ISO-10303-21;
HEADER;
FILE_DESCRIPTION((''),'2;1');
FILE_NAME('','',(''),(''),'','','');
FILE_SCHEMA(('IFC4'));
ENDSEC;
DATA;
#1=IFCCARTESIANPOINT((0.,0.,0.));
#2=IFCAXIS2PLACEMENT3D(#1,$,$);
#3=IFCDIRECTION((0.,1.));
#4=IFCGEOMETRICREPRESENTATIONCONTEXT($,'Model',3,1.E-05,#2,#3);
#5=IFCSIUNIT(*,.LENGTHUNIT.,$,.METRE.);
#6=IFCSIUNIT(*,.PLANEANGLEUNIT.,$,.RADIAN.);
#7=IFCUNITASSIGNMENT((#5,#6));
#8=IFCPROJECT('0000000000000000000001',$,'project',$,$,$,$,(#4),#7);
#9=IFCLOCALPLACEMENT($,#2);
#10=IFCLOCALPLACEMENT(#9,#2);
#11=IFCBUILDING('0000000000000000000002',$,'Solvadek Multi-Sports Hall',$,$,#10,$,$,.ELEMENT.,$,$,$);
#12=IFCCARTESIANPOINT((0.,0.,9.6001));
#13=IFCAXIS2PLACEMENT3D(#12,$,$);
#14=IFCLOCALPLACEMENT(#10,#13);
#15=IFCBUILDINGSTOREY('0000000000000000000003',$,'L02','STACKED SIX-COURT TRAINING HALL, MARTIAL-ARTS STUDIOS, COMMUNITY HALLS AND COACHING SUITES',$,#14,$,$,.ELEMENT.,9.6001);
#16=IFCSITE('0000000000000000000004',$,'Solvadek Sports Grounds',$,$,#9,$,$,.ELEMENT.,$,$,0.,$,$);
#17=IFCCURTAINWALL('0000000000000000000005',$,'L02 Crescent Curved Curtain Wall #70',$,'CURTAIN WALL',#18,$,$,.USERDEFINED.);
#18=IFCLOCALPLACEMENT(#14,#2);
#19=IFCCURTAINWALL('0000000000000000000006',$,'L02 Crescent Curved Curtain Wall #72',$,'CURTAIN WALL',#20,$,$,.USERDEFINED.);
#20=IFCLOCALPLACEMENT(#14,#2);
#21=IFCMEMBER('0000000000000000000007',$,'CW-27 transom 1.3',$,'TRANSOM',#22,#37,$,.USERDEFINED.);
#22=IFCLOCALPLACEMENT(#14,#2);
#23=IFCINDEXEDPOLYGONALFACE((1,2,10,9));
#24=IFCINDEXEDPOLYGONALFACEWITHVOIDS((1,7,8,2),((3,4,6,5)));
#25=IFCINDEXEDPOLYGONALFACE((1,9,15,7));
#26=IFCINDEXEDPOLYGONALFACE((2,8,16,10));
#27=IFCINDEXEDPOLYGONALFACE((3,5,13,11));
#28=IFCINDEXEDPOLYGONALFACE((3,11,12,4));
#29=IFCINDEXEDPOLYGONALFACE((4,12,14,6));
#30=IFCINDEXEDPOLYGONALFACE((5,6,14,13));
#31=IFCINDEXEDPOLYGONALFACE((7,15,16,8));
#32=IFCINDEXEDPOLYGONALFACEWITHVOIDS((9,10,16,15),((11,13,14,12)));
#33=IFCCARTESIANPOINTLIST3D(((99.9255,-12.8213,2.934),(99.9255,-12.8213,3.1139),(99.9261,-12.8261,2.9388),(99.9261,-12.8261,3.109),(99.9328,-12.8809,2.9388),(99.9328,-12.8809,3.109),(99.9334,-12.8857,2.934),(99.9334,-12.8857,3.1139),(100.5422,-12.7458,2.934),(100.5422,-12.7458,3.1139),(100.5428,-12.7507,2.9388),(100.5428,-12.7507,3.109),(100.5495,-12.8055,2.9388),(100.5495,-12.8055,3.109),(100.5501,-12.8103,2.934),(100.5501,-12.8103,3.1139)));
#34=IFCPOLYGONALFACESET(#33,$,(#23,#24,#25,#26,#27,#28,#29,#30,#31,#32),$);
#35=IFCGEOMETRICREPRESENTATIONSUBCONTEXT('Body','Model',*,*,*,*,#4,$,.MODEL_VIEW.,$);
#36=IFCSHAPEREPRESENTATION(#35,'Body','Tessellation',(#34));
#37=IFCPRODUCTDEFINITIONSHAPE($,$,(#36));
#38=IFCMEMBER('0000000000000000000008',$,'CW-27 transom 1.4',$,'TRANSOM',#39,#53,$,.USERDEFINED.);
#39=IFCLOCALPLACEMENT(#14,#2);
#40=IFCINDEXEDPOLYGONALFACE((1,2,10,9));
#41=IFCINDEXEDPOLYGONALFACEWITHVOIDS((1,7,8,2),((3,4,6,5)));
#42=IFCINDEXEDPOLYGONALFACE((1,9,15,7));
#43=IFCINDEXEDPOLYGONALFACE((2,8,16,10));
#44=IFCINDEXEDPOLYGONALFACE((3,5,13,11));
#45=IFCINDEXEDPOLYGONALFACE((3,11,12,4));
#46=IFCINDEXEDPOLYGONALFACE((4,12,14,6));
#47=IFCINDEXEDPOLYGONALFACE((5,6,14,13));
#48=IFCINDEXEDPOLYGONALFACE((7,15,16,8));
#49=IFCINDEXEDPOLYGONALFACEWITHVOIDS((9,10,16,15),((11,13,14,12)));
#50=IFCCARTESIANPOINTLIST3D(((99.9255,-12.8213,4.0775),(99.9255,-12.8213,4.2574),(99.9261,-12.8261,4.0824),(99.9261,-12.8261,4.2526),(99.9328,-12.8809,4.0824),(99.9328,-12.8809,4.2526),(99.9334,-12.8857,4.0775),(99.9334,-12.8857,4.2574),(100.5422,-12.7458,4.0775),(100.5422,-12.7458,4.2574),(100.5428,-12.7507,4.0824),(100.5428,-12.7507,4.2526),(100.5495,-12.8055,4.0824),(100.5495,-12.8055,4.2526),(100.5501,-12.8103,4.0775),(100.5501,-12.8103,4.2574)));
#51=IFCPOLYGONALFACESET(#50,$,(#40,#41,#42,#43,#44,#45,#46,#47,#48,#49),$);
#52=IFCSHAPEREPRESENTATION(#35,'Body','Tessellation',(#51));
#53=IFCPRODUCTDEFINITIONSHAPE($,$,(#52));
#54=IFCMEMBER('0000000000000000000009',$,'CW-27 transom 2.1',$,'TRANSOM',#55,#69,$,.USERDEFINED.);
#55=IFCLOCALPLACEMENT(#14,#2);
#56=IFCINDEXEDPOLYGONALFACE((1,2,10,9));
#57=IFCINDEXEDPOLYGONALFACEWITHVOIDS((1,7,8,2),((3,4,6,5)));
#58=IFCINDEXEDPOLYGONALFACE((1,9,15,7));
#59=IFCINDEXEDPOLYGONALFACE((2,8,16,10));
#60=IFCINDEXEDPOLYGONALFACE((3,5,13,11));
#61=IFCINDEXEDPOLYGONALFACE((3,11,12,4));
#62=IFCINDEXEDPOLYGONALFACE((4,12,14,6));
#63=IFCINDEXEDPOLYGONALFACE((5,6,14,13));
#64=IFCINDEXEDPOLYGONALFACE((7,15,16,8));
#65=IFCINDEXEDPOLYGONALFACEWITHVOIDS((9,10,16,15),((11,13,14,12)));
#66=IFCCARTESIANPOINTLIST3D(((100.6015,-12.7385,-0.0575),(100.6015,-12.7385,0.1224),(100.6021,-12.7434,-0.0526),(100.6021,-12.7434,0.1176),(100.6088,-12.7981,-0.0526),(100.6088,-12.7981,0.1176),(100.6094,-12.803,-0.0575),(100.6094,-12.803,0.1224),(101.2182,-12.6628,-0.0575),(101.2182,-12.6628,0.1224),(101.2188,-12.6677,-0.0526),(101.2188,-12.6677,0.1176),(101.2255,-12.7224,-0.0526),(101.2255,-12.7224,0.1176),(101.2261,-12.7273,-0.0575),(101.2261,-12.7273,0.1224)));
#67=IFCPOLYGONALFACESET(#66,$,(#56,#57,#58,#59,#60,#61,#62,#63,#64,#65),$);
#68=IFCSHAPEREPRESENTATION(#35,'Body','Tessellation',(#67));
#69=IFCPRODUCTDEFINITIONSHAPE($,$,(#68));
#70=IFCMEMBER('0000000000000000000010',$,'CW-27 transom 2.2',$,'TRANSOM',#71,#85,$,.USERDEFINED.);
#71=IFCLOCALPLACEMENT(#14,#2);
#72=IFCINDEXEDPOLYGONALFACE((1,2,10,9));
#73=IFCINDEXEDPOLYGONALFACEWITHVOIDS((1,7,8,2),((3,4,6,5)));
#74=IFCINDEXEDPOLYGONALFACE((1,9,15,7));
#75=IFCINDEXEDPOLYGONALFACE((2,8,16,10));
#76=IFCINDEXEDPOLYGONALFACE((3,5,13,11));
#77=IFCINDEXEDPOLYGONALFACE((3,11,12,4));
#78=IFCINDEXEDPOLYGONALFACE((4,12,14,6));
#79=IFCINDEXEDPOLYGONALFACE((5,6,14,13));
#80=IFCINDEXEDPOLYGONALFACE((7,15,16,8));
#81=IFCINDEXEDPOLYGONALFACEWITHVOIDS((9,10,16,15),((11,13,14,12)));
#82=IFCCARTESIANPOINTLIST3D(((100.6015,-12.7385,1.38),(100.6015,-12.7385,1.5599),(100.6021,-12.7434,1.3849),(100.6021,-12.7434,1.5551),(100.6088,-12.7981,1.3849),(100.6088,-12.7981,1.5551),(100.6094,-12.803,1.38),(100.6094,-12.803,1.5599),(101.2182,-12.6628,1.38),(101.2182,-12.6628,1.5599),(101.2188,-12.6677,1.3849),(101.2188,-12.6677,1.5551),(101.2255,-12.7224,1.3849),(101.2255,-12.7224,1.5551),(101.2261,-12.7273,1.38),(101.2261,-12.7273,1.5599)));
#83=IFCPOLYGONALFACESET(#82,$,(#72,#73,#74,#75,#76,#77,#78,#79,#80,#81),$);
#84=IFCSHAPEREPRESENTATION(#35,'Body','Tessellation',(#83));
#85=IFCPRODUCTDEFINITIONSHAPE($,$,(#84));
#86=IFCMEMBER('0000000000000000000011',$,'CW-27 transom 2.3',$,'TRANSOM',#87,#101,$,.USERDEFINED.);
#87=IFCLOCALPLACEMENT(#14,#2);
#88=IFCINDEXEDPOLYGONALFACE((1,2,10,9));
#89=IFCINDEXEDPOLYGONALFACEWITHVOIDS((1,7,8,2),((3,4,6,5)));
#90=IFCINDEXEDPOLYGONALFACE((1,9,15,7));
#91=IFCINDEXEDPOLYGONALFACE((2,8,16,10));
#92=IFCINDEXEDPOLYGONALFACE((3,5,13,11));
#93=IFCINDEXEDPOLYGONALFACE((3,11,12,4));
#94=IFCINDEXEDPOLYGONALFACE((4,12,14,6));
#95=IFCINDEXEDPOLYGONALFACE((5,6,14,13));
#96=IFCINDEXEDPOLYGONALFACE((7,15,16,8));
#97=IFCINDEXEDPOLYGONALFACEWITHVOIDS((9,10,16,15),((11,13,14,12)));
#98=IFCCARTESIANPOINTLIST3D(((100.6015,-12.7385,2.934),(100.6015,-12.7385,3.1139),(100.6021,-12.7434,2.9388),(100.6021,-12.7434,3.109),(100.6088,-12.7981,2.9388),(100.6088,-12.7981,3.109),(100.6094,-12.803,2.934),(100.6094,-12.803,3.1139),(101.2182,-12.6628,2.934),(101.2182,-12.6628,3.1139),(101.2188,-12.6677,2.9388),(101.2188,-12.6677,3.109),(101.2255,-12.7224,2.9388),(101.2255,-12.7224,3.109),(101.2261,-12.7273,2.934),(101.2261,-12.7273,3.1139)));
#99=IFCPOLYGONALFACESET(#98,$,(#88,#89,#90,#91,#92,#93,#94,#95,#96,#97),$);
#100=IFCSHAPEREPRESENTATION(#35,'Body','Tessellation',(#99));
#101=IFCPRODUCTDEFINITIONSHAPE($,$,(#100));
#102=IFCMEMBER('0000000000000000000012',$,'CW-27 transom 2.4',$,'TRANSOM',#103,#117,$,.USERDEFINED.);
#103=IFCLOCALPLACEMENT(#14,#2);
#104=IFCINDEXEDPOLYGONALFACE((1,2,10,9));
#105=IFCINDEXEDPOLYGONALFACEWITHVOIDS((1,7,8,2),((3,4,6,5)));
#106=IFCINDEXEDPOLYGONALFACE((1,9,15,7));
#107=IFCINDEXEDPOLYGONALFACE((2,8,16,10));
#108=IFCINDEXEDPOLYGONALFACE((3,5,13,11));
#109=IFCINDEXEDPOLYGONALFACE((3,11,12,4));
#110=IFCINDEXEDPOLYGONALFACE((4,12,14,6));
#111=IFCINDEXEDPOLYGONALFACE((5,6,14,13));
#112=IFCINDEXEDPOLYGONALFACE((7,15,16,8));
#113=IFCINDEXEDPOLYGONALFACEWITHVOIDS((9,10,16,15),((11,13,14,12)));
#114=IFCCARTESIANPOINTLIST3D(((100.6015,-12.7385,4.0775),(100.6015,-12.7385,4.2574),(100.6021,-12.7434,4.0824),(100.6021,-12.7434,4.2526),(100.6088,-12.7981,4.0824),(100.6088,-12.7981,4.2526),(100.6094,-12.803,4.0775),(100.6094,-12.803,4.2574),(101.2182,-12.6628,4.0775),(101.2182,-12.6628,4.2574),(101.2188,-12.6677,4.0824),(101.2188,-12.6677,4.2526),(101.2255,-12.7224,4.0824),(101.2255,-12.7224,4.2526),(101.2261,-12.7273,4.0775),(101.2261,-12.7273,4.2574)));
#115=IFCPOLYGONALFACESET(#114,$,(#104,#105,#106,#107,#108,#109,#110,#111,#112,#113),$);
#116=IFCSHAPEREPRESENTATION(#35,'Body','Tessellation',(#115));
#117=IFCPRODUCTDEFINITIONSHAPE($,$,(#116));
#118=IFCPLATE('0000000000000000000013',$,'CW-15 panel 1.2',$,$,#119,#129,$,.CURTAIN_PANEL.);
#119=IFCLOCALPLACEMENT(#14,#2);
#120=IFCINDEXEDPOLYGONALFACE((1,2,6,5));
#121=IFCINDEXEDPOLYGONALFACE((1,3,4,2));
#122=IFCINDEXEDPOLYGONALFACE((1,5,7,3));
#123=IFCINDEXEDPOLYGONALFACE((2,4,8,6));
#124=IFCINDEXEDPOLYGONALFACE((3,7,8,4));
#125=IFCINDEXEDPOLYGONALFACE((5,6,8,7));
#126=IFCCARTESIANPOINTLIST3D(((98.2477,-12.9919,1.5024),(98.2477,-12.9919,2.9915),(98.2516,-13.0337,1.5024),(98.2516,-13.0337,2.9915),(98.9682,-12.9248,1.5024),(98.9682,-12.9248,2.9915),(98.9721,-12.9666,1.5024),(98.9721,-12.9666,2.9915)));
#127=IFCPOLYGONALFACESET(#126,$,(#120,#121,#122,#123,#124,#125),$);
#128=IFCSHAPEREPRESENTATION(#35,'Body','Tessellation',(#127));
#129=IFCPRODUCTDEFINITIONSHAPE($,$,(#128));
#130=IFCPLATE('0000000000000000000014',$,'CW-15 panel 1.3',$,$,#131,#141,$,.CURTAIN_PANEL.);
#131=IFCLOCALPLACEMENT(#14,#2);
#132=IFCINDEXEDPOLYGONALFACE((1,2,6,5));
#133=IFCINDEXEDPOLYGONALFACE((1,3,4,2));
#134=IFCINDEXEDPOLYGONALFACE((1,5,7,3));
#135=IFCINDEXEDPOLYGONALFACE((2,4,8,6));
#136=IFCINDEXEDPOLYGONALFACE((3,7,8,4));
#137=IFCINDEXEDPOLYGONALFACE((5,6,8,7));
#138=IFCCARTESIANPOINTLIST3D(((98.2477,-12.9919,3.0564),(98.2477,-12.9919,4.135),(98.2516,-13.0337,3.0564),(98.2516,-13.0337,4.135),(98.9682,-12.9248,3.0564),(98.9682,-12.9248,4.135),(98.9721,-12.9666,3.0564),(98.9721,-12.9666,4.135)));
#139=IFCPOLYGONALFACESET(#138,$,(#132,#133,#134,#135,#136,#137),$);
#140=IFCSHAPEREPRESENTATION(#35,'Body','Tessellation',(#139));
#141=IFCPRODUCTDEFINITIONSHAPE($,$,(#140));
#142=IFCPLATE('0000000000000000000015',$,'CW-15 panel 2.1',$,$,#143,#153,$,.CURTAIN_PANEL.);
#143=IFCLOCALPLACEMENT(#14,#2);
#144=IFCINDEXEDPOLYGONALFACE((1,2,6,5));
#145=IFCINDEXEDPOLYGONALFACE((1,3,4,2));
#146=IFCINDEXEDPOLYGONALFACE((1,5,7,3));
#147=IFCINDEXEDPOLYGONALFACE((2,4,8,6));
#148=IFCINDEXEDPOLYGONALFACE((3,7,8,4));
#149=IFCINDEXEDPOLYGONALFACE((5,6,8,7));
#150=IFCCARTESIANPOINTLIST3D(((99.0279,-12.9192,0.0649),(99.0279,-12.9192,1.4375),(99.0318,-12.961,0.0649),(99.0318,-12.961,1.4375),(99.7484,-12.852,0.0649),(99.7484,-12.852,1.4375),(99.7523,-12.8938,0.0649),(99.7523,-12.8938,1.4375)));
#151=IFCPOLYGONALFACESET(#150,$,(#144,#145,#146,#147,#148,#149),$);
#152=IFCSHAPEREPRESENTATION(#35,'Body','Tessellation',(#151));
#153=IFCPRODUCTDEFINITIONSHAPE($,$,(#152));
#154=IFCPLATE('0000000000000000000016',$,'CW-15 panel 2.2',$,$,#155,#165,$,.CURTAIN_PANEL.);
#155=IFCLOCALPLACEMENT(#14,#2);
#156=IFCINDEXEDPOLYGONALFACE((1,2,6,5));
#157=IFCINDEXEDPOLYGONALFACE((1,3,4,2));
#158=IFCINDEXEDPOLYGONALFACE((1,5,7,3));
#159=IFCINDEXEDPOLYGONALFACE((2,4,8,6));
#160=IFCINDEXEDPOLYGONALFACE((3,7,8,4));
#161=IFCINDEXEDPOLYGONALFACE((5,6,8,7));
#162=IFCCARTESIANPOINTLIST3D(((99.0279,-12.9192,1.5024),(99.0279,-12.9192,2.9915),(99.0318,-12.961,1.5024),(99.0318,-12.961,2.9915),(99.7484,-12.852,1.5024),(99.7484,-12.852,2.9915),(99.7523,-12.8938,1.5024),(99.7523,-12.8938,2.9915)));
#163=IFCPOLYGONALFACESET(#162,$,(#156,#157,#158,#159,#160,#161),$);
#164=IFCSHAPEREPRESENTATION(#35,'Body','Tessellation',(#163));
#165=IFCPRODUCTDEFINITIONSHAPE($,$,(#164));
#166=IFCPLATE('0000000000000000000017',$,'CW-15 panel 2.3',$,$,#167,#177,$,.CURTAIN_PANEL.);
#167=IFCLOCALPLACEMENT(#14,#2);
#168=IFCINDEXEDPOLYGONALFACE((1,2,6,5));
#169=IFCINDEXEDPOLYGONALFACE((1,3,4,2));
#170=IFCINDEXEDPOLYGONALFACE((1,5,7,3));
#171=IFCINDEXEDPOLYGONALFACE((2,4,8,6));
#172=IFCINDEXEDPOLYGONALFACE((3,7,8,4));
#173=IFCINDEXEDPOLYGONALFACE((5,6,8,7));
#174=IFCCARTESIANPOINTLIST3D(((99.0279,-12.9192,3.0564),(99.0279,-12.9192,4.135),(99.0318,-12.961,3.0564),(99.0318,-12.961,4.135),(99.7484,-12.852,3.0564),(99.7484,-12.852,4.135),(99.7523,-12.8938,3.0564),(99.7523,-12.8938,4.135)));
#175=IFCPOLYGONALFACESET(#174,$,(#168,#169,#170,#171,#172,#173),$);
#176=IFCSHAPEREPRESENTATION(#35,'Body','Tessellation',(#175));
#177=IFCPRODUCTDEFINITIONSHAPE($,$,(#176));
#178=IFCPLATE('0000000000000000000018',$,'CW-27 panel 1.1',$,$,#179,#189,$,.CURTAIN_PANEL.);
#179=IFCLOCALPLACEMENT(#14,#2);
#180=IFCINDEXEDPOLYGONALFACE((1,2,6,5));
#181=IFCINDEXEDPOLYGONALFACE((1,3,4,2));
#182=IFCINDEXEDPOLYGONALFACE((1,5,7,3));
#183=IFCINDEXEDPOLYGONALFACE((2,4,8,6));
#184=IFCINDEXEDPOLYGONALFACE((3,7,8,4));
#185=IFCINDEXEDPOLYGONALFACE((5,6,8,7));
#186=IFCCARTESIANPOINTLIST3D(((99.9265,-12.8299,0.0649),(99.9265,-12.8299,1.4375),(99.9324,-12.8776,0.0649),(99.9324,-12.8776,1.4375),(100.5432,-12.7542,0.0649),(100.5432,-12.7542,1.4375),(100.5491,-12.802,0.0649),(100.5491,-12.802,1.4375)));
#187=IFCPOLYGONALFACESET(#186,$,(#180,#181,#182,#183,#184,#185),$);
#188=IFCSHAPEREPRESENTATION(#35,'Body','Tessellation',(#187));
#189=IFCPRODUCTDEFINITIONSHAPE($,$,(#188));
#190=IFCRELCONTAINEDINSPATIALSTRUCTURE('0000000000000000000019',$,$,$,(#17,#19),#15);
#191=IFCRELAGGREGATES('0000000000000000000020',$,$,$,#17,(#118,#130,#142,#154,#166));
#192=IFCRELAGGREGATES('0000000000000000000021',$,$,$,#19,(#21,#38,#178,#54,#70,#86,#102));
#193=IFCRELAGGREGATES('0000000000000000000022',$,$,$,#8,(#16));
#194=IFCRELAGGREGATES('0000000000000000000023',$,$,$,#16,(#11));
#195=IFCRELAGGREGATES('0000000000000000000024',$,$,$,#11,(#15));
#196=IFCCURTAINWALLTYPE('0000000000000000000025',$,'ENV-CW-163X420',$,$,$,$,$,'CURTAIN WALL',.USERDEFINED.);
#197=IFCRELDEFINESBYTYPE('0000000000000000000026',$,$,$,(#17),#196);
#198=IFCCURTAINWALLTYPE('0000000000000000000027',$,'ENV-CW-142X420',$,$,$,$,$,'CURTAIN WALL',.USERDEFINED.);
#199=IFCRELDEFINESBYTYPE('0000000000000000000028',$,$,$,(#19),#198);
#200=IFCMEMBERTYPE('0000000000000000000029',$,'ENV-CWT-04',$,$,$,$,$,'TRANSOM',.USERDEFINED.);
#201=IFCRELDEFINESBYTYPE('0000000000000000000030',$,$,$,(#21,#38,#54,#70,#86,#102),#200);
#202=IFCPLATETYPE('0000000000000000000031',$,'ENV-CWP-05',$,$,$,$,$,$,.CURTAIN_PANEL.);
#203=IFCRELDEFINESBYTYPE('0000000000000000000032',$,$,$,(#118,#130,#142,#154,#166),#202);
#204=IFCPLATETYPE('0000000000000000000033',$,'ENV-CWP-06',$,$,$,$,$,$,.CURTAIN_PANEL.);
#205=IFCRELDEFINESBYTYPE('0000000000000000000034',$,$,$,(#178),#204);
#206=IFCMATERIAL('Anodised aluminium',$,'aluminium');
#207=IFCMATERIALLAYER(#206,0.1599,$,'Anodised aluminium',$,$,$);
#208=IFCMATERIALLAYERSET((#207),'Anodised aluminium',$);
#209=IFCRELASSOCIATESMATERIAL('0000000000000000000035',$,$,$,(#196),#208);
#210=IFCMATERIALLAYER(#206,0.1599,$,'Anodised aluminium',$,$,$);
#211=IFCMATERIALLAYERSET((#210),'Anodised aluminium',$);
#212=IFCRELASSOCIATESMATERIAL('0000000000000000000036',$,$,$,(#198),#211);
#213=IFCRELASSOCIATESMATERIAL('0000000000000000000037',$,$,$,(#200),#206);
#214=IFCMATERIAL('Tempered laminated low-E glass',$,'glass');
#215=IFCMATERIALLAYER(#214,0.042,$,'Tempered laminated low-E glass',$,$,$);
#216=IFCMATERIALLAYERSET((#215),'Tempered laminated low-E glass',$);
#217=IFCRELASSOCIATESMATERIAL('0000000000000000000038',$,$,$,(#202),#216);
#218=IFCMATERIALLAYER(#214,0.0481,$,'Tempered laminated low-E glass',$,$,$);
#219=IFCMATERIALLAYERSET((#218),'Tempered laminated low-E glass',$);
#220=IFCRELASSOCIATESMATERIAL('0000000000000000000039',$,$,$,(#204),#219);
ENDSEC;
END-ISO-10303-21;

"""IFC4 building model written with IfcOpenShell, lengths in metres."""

from ifc_helpers import new_model, si_unit, direction, frame, origin, origin_2d, place, context, subcontext, project, spatial, rectangle, hollow_rectangle, extrude, material, layer, layer_set, material_profile, profile_set, type_object, element, aggregate, save


model = new_model("IFC4")

# Units and contexts
model_context = context("Model", 3, precision=1e-05, world=origin(), true_north=direction((0.0, 1.0)))
body_context = subcontext(model_context, "Body", "Model", "MODEL_VIEW")
ifc_project = project(units=[si_unit("LENGTHUNIT", "METRE"), si_unit("PLANEANGLEUNIT", "RADIAN")], contexts=[model_context])

# Site, building, storey
site_placement = place(None, origin())
site = spatial("IfcSite", under=ifc_project, at=site_placement, Name="Solvadek Sports Grounds", CompositionType="ELEMENT", RefElevation=0.0)
building_placement = place(site_placement, origin())
building = spatial("IfcBuilding", under=site, at=building_placement, Name="Solvadek Multi-Sports Hall", CompositionType="ELEMENT")
storey_placement = place(building_placement, frame((0.0, 0.0, 9.6001)))
storey = spatial("IfcBuildingStorey", under=building, at=storey_placement, Name="L02", Description="STACKED SIX-COURT TRAINING HALL, MARTIAL-ARTS STUDIOS, COMMUNITY HALLS AND COACHING SUITES", CompositionType="ELEMENT", Elevation=9.6001)

# Curtain walls
ifc_material_1 = material(Name="Anodised aluminium", Category="aluminium")
ifc_layer_1 = layer(ifc_material_1, 0.1599, Name="Anodised aluminium")
ifc_layer_set_1 = layer_set([ifc_layer_1], Name="Anodised aluminium")
curtain_wall_type_1 = type_object("IfcCurtainWallType", Name="ENV-CW-163X420", ElementType="CURTAIN WALL", PredefinedType="USERDEFINED", material=ifc_layer_set_1)
curtain_wall_1_placement = place(storey_placement, origin())
curtain_wall_1 = element("IfcCurtainWall", 1, at=curtain_wall_1_placement, inside=storey, type_object=curtain_wall_type_1, Name="L02 Crescent Curved Curtain Wall #70", ObjectType="CURTAIN WALL", PredefinedType="USERDEFINED")
ifc_layer_2 = layer(ifc_material_1, 0.1599, Name="Anodised aluminium")
ifc_layer_set_2 = layer_set([ifc_layer_2], Name="Anodised aluminium")
curtain_wall_type_2 = type_object("IfcCurtainWallType", Name="ENV-CW-142X420", ElementType="CURTAIN WALL", PredefinedType="USERDEFINED", material=ifc_layer_set_2)
curtain_wall_2_placement = place(storey_placement, origin())
curtain_wall_2 = element("IfcCurtainWall", 2, at=curtain_wall_2_placement, inside=storey, type_object=curtain_wall_type_2, Name="L02 Crescent Curved Curtain Wall #72", ObjectType="CURTAIN WALL", PredefinedType="USERDEFINED")

# Members
ifc_material_profile_1 = material_profile(ifc_material_1, hollow_rectangle(XDim=0.0649, YDim=0.1799, WallThickness=0.0049, at=origin_2d()), Name="ALU-T 180x65x5")
ifc_profile_set_1 = profile_set([ifc_material_profile_1], Name="Anodised aluminium")
member_type_1 = type_object("IfcMemberType", Name="ENV-CWT-04", ElementType="TRANSOM", PredefinedType="USERDEFINED", material=ifc_profile_set_1)
member_1_placement = place(storey_placement, frame((99.9294, -12.8535, 3.0239), z_axis=(0.992601, 0.121423, 0.0), x_axis=(-0.121423, 0.992601, 0.0)))
member_1 = element("IfcMember", 3, at=member_1_placement, type_object=member_type_1, Name="CW-27 transom 1.3", ObjectType="TRANSOM", PredefinedType="USERDEFINED", context=body_context, shape_type="SweptSolid", body=[
    extrude(hollow_rectangle(XDim=0.0649, YDim=0.1799, WallThickness=0.0049, at=origin_2d()), origin(), (0.0, 0.0, 1.0), 0.6213),
])
member_2_placement = place(storey_placement, frame((99.9294, -12.8535, 4.1675), z_axis=(0.992601, 0.121423, 0.0), x_axis=(-0.121423, 0.992601, 0.0)))
member_2 = element("IfcMember", 4, at=member_2_placement, type_object=member_type_1, Name="CW-27 transom 1.4", ObjectType="TRANSOM", PredefinedType="USERDEFINED", context=body_context, shape_type="SweptSolid", body=[
    extrude(hollow_rectangle(XDim=0.0649, YDim=0.1799, WallThickness=0.0049, at=origin_2d()), origin(), (0.0, 0.0, 1.0), 0.6213),
])
member_3_placement = place(storey_placement, frame((100.6055, -12.7708, 0.0325), z_axis=(0.992553, 0.12181, 0.0), x_axis=(-0.12181, 0.992553, 0.0)))
member_3 = element("IfcMember", 5, at=member_3_placement, type_object=member_type_1, Name="CW-27 transom 2.1", ObjectType="TRANSOM", PredefinedType="USERDEFINED", context=body_context, shape_type="SweptSolid", body=[
    extrude(hollow_rectangle(XDim=0.0649, YDim=0.1799, WallThickness=0.0049, at=origin_2d()), origin(), (0.0, 0.0, 1.0), 0.6213),
])
member_4_placement = place(storey_placement, frame((100.6055, -12.7708, 1.47), z_axis=(0.992553, 0.12181, 0.0), x_axis=(-0.12181, 0.992553, 0.0)))
member_4 = element("IfcMember", 6, at=member_4_placement, type_object=member_type_1, Name="CW-27 transom 2.2", ObjectType="TRANSOM", PredefinedType="USERDEFINED", context=body_context, shape_type="SweptSolid", body=[
    extrude(hollow_rectangle(XDim=0.0649, YDim=0.1799, WallThickness=0.0049, at=origin_2d()), origin(), (0.0, 0.0, 1.0), 0.6213),
])
member_5_placement = place(storey_placement, frame((100.6055, -12.7708, 3.0239), z_axis=(0.992553, 0.12181, 0.0), x_axis=(-0.12181, 0.992553, 0.0)))
member_5 = element("IfcMember", 7, at=member_5_placement, type_object=member_type_1, Name="CW-27 transom 2.3", ObjectType="TRANSOM", PredefinedType="USERDEFINED", context=body_context, shape_type="SweptSolid", body=[
    extrude(hollow_rectangle(XDim=0.0649, YDim=0.1799, WallThickness=0.0049, at=origin_2d()), origin(), (0.0, 0.0, 1.0), 0.6213),
])
member_6_placement = place(storey_placement, frame((100.6055, -12.7708, 4.1675), z_axis=(0.992553, 0.12181, 0.0), x_axis=(-0.12181, 0.992553, 0.0)))
member_6 = element("IfcMember", 8, at=member_6_placement, type_object=member_type_1, Name="CW-27 transom 2.4", ObjectType="TRANSOM", PredefinedType="USERDEFINED", context=body_context, shape_type="SweptSolid", body=[
    extrude(hollow_rectangle(XDim=0.0649, YDim=0.1799, WallThickness=0.0049, at=origin_2d()), origin(), (0.0, 0.0, 1.0), 0.6213),
])

# Plates
ifc_material_2 = material(Name="Tempered laminated low-E glass", Category="glass")
ifc_layer_3 = layer(ifc_material_2, 0.042, Name="Tempered laminated low-E glass")
ifc_layer_set_3 = layer_set([ifc_layer_3], Name="Tempered laminated low-E glass")
plate_type_1 = type_object("IfcPlateType", Name="ENV-CWP-05", PredefinedType="CURTAIN_PANEL", material=ifc_layer_set_3)
plate_1_placement = place(storey_placement, frame((98.6099, -12.9792, 1.5024), z_axis=(0.0, 0.0, 1.0), x_axis=(0.995685, 0.092796, 0.0)))
plate_1 = element("IfcPlate", 9, at=plate_1_placement, type_object=plate_type_1, Name="CW-15 panel 1.2", PredefinedType="CURTAIN_PANEL", context=body_context, shape_type="SweptSolid", body=[
    extrude(rectangle(XDim=0.7236, YDim=0.042, at=origin_2d()), origin(), (0.0, 0.0, 1.0), 1.489),
])
plate_2_placement = place(storey_placement, frame((98.6099, -12.9792, 3.0564), z_axis=(0.0, 0.0, 1.0), x_axis=(0.995685, 0.092796, 0.0)))
plate_2 = element("IfcPlate", 10, at=plate_2_placement, type_object=plate_type_1, Name="CW-15 panel 1.3", PredefinedType="CURTAIN_PANEL", context=body_context, shape_type="SweptSolid", body=[
    extrude(rectangle(XDim=0.7236, YDim=0.042, at=origin_2d()), origin(), (0.0, 0.0, 1.0), 1.0786),
])
plate_3_placement = place(storey_placement, frame((99.3901, -12.9065, 0.0649), z_axis=(0.0, 0.0, 1.0), x_axis=(0.995685, 0.092796, 0.0)))
plate_3 = element("IfcPlate", 11, at=plate_3_placement, type_object=plate_type_1, Name="CW-15 panel 2.1", PredefinedType="CURTAIN_PANEL", context=body_context, shape_type="SweptSolid", body=[
    extrude(rectangle(XDim=0.7236, YDim=0.042, at=origin_2d()), origin(), (0.0, 0.0, 1.0), 1.3726),
])
plate_4_placement = place(storey_placement, frame((99.3901, -12.9065, 1.5024), z_axis=(0.0, 0.0, 1.0), x_axis=(0.995685, 0.092796, 0.0)))
plate_4 = element("IfcPlate", 12, at=plate_4_placement, type_object=plate_type_1, Name="CW-15 panel 2.2", PredefinedType="CURTAIN_PANEL", context=body_context, shape_type="SweptSolid", body=[
    extrude(rectangle(XDim=0.7236, YDim=0.042, at=origin_2d()), origin(), (0.0, 0.0, 1.0), 1.489),
])
plate_5_placement = place(storey_placement, frame((99.3901, -12.9065, 3.0564), z_axis=(0.0, 0.0, 1.0), x_axis=(0.995685, 0.092796, 0.0)))
plate_5 = element("IfcPlate", 13, at=plate_5_placement, type_object=plate_type_1, Name="CW-15 panel 2.3", PredefinedType="CURTAIN_PANEL", context=body_context, shape_type="SweptSolid", body=[
    extrude(rectangle(XDim=0.7236, YDim=0.042, at=origin_2d()), origin(), (0.0, 0.0, 1.0), 1.0786),
])
aggregate(curtain_wall_1, [plate_1, plate_2, plate_3, plate_4, plate_5])
ifc_layer_4 = layer(ifc_material_2, 0.0481, Name="Tempered laminated low-E glass")
ifc_layer_set_4 = layer_set([ifc_layer_4], Name="Tempered laminated low-E glass")
plate_type_2 = type_object("IfcPlateType", Name="ENV-CWP-06", PredefinedType="CURTAIN_PANEL", material=ifc_layer_set_4)
plate_6_placement = place(storey_placement, frame((100.2378, -12.8159, 0.0649), z_axis=(0.0, 0.0, 1.0), x_axis=(0.992569, 0.121681, 0.0)))
plate_6 = element("IfcPlate", 14, at=plate_6_placement, type_object=plate_type_2, Name="CW-27 panel 1.1", PredefinedType="CURTAIN_PANEL", context=body_context, shape_type="SweptSolid", body=[
    extrude(rectangle(XDim=0.6213, YDim=0.0481, at=origin_2d()), origin(), (0.0, 0.0, 1.0), 1.3726),
])
aggregate(curtain_wall_2, [member_1, member_2, plate_6, member_3, member_4, member_5, member_6])

save(model, "model.ifc")
